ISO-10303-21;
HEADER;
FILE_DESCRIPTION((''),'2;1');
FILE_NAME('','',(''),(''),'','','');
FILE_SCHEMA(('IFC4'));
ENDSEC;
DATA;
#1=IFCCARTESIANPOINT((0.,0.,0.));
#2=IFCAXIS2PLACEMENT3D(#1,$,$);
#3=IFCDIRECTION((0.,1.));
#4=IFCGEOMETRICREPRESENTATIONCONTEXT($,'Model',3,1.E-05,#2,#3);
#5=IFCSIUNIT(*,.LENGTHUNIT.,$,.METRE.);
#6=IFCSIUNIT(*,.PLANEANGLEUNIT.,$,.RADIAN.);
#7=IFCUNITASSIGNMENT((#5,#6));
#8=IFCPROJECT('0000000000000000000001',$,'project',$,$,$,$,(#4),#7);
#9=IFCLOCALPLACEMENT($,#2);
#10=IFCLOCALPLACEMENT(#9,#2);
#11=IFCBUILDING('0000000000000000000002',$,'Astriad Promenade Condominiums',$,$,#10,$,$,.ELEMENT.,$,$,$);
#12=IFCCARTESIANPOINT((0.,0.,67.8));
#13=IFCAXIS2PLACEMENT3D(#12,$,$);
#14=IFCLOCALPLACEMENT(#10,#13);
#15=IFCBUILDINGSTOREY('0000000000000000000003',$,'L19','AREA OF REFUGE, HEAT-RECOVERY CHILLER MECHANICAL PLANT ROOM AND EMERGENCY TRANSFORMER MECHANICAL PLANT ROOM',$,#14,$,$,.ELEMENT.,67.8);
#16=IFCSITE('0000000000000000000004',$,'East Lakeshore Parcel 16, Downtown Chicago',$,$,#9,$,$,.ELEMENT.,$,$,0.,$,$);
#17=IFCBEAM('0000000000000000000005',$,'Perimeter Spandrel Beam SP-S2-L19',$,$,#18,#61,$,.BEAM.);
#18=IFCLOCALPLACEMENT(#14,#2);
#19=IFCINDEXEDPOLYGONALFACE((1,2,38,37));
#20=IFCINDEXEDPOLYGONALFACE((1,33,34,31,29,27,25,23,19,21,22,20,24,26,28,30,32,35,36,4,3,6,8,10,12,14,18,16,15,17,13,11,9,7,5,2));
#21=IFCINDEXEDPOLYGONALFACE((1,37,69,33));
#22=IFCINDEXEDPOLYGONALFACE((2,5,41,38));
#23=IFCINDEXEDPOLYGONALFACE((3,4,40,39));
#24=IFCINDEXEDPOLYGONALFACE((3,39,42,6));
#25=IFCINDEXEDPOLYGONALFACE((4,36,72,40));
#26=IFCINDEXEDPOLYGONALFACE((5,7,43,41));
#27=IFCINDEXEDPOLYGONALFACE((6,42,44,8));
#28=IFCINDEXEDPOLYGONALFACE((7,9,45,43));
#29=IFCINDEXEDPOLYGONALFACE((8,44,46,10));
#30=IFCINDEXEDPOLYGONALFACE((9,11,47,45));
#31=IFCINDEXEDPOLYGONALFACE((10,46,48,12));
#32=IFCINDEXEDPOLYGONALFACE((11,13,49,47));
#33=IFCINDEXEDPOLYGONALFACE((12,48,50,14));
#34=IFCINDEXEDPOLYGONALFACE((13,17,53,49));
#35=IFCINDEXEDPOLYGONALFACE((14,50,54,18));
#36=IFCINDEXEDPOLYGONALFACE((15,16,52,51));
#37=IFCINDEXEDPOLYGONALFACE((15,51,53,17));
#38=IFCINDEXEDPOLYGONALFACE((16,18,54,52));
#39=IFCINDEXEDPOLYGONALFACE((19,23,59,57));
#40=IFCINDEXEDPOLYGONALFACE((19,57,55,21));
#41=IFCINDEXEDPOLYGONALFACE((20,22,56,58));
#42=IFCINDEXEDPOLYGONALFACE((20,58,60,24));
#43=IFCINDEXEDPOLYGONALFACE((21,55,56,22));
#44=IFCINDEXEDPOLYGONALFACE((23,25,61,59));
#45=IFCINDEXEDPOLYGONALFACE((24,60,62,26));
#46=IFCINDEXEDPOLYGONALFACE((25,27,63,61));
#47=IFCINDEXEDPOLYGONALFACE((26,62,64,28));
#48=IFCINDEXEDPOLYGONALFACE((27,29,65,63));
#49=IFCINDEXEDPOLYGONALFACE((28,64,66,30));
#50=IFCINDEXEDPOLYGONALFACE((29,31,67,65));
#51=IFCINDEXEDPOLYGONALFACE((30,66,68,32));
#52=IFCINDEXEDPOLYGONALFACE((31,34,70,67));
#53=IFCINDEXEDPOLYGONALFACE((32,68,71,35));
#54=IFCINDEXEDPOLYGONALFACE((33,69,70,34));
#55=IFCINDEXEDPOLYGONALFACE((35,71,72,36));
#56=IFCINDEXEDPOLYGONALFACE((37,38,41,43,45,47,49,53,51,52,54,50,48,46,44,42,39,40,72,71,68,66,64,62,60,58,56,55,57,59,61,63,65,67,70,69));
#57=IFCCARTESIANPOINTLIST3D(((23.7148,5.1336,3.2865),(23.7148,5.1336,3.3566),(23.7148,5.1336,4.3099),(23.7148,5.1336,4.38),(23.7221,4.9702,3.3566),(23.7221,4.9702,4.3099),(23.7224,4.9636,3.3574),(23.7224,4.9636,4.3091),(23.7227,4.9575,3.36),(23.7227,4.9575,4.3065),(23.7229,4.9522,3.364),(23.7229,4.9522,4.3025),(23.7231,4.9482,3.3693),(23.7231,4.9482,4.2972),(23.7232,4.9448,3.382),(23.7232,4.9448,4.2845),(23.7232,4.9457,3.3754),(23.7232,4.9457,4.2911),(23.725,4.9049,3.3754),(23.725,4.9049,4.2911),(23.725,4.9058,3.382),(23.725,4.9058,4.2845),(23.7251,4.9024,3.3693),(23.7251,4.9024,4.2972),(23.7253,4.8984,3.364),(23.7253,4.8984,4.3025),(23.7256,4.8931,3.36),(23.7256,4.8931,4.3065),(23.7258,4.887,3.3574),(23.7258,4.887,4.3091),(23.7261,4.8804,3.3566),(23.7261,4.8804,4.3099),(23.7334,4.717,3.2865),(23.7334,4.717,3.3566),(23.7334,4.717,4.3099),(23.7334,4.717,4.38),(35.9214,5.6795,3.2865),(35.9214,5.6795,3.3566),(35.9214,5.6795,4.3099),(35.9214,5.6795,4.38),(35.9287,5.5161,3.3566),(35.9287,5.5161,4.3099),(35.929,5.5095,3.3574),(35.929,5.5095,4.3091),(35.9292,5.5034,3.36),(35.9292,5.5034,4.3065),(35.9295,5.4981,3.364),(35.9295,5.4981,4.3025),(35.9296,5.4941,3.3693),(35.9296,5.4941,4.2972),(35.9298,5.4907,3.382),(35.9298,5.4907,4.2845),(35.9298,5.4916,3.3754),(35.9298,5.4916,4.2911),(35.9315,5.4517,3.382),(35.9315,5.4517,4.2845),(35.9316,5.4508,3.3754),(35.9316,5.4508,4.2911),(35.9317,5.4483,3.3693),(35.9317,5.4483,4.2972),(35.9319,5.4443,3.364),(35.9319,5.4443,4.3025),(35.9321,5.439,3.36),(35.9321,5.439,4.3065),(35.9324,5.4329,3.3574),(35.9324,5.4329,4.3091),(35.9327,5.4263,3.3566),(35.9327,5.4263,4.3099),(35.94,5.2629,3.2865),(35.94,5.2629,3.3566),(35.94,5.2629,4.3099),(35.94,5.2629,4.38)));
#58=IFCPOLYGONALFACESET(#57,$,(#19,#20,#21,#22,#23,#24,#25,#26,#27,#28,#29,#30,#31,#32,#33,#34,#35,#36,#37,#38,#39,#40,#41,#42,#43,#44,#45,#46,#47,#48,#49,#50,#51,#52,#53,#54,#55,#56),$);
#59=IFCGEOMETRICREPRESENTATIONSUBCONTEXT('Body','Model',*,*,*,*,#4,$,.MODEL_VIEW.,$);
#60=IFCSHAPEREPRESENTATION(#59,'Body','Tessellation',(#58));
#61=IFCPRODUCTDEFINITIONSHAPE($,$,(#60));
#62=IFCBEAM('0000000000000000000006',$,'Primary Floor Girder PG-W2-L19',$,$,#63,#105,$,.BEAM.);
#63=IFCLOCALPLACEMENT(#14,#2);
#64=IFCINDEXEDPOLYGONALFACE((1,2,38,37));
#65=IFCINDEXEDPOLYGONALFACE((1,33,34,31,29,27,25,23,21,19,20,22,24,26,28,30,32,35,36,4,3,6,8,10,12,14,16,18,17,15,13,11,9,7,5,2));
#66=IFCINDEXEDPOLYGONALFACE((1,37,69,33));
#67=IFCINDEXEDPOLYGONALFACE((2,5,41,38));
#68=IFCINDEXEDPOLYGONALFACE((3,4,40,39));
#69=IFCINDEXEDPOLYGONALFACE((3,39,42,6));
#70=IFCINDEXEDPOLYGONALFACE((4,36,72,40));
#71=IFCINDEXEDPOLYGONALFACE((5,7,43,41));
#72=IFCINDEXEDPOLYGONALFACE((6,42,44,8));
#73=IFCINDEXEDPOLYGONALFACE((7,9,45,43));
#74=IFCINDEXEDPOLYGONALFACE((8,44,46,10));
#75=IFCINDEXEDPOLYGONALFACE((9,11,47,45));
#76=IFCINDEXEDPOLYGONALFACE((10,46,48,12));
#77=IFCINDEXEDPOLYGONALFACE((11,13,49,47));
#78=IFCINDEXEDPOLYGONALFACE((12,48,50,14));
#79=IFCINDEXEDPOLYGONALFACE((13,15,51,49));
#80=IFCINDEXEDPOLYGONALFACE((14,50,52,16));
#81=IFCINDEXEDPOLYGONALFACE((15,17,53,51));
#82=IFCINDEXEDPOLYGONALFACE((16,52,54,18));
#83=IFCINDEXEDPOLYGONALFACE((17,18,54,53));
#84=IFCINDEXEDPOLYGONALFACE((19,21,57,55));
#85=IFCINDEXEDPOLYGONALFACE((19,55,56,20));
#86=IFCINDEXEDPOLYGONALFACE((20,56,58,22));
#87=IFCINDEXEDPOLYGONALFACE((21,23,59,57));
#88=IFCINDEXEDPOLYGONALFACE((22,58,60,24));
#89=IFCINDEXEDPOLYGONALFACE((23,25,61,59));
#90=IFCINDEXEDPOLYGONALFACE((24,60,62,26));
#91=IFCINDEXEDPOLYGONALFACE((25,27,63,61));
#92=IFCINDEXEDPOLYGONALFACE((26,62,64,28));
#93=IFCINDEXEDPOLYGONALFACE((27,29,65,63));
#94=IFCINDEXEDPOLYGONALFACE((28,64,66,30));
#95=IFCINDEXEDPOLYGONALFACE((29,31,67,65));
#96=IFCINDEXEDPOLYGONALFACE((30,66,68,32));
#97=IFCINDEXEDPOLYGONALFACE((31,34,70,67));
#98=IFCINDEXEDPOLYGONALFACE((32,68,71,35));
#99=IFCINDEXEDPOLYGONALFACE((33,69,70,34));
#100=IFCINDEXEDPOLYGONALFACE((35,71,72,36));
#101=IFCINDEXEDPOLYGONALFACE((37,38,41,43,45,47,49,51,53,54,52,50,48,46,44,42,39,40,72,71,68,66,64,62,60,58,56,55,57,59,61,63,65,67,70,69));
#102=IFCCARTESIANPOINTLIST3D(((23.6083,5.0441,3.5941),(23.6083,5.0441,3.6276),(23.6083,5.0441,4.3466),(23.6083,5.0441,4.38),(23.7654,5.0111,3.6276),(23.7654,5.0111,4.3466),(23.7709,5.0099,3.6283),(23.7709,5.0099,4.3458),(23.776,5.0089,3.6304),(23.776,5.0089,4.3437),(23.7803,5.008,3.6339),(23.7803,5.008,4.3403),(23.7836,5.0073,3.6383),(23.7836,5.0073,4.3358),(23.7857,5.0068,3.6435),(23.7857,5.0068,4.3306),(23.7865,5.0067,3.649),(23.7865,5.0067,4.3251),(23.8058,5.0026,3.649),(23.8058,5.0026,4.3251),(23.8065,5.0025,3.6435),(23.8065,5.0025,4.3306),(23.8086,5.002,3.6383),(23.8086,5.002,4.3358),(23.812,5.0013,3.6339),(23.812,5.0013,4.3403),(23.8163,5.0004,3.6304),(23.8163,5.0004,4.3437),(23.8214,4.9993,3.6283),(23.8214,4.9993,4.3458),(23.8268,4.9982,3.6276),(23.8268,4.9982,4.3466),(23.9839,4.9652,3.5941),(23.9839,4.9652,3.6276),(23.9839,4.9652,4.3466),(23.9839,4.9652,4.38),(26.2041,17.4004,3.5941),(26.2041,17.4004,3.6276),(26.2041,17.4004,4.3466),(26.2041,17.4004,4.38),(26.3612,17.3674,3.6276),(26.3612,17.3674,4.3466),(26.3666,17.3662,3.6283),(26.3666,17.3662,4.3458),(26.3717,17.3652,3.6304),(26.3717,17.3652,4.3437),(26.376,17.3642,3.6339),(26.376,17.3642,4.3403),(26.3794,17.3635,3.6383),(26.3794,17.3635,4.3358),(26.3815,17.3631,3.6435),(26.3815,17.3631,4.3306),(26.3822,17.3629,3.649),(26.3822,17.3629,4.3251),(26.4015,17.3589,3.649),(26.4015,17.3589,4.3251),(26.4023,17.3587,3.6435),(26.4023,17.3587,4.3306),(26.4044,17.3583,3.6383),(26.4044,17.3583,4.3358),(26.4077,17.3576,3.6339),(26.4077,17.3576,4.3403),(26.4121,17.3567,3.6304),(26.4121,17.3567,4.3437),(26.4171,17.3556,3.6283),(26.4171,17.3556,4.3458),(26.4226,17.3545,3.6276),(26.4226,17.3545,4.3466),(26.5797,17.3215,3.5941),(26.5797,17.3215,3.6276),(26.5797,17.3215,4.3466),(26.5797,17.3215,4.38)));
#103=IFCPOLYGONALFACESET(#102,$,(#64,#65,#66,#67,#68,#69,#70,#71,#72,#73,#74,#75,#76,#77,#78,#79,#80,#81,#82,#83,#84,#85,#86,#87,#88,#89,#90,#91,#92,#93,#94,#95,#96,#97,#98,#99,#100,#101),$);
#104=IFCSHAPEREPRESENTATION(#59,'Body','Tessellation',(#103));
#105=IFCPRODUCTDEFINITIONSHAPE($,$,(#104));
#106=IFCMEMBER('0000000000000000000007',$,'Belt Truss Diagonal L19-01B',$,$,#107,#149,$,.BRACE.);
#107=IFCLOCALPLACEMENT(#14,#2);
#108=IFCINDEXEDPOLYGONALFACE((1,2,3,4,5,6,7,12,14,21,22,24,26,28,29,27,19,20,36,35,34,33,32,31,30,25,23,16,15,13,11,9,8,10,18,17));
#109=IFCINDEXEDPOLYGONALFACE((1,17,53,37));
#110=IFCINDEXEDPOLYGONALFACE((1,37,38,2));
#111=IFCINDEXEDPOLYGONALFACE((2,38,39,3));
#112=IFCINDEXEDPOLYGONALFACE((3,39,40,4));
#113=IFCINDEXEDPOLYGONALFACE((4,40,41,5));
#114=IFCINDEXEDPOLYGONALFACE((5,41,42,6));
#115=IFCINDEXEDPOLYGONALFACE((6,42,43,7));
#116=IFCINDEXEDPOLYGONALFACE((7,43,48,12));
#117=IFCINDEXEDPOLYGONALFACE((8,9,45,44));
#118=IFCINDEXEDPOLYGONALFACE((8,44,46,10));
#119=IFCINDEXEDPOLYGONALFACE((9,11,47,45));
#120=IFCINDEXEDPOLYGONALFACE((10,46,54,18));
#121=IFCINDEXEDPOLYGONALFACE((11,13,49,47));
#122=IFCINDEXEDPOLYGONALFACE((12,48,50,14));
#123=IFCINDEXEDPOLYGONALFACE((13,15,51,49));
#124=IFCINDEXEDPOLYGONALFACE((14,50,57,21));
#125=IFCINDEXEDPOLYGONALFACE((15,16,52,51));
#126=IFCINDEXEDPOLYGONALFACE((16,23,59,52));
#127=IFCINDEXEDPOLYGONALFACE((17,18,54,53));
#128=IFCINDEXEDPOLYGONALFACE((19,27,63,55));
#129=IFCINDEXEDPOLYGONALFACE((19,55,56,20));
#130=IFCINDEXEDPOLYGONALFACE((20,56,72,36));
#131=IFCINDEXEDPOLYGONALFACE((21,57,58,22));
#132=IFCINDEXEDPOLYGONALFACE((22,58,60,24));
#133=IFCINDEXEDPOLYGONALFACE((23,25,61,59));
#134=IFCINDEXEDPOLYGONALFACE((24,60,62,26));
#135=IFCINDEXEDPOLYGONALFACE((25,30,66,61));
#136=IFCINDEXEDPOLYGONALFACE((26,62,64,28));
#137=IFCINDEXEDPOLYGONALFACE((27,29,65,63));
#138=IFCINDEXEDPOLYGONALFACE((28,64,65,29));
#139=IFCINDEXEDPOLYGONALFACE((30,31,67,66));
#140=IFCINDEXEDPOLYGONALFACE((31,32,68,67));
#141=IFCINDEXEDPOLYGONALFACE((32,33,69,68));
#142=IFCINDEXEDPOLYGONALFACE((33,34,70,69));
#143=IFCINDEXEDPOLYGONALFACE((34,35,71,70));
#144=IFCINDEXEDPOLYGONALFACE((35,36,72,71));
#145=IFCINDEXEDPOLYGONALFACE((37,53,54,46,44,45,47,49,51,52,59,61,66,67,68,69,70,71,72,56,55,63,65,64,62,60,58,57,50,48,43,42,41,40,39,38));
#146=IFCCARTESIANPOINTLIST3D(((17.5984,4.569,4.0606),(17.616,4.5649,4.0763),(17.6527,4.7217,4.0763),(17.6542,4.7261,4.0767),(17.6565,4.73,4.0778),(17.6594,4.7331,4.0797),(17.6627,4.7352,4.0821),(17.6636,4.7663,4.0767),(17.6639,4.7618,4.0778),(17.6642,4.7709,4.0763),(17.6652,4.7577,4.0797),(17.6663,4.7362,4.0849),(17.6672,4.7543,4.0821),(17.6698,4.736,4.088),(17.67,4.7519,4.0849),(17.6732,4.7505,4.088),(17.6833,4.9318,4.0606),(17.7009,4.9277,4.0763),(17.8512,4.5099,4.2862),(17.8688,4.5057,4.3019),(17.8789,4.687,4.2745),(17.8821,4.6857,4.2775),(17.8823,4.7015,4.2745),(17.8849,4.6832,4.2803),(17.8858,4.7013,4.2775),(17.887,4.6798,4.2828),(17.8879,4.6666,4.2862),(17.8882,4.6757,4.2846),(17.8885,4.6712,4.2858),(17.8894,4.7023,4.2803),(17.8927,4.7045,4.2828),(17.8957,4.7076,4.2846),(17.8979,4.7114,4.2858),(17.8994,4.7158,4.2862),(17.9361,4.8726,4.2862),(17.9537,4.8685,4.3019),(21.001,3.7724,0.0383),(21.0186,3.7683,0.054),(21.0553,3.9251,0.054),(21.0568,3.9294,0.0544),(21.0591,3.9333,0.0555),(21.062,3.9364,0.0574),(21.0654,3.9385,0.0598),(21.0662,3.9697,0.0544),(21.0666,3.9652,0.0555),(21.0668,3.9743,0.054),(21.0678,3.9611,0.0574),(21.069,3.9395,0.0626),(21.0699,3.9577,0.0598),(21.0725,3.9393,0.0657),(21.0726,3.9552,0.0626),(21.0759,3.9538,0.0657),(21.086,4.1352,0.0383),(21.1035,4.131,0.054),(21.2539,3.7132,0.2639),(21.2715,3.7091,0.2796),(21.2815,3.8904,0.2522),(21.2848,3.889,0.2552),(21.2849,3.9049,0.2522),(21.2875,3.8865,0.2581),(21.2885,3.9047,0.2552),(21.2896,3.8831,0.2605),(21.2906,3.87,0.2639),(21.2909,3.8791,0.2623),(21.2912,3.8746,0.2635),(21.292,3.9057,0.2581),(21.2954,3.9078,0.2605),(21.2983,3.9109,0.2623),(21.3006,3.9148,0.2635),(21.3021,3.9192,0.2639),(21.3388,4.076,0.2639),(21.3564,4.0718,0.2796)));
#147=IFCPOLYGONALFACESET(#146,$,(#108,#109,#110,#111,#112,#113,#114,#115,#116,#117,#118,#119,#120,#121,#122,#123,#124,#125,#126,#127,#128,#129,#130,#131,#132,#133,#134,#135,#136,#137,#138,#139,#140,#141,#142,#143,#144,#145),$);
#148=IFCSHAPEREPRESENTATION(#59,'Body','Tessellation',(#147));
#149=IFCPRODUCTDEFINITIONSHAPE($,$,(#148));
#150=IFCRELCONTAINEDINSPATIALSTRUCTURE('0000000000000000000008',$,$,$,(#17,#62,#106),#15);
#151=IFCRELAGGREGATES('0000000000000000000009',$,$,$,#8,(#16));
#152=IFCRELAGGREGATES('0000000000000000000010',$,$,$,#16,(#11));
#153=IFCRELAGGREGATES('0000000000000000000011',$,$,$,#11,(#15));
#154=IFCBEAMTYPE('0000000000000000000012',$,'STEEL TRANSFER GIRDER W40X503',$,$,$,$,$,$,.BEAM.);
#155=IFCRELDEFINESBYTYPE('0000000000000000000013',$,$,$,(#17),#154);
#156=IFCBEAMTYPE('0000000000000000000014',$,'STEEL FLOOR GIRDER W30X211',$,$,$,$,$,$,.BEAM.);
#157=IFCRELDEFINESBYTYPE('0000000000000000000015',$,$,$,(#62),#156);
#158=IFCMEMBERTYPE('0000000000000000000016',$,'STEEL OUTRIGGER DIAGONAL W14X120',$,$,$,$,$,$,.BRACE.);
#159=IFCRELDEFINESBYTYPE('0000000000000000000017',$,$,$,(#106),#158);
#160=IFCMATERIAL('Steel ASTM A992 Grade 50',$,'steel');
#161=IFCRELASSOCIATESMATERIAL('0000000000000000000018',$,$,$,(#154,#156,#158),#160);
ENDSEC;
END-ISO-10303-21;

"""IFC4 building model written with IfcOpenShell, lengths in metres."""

from ifc_helpers import new_model, si_unit, direction, frame, origin, origin_2d, place, context, subcontext, project, spatial, i_section, extrude, source, transform, mapped, material, material_profile, profile_set, type_object, type_shapes, element, save


model = new_model("IFC4")

# Units and contexts
model_context = context("Model", 3, precision=1e-05, world=origin(), true_north=direction((0.0, 1.0)))
body_context = subcontext(model_context, "Body", "Model", "MODEL_VIEW")
ifc_project = project(units=[si_unit("LENGTHUNIT", "METRE"), si_unit("PLANEANGLEUNIT", "RADIAN")], contexts=[model_context])

# Site, building, storey
site_placement = place(None, origin())
site = spatial("IfcSite", under=ifc_project, at=site_placement, Name="East Lakeshore Parcel 16, Downtown Chicago", CompositionType="ELEMENT", RefElevation=0.0)
building_placement = place(site_placement, origin())
building = spatial("IfcBuilding", under=site, at=building_placement, Name="Astriad Promenade Condominiums", CompositionType="ELEMENT")
storey_placement = place(building_placement, frame((0.0, 0.0, 67.8)))
storey = spatial("IfcBuildingStorey", under=building, at=storey_placement, Name="L19", Description="AREA OF REFUGE, HEAT-RECOVERY CHILLER MECHANICAL PLANT ROOM AND EMERGENCY TRANSFORMER MECHANICAL PLANT ROOM", CompositionType="ELEMENT", Elevation=67.8)

# Shared definitions
ifc_material_1 = material(Name="Steel ASTM A992 Grade 50", Category="steel")

# Beams
ifc_material_profile_1 = material_profile(ifc_material_1, i_section(OverallWidth=0.417, OverallDepth=1.0935, WebThickness=0.0391, FlangeThickness=0.0701, FilletRadius=0.0254, at=origin_2d()), Name="W40X503")
ifc_profile_set_1 = profile_set([ifc_material_profile_1], Name="Steel ASTM A992 Grade 50")
beam_type_1 = type_object("IfcBeamType", Name="STEEL TRANSFER GIRDER W40X503", PredefinedType="BEAM", material=ifc_profile_set_1)
shared_shape_1 = source(origin(), body_context, "Body", "SweptSolid", [
    extrude(i_section(OverallWidth=0.417, OverallDepth=1.0935, WebThickness=0.0391, FlangeThickness=0.0701, FilletRadius=0.0254, at=origin_2d()), origin(), (0.0, 0.0, 1.0), 12.2188),
])
type_shapes(beam_type_1, [shared_shape_1])
beam_1_placement = place(storey_placement, frame((23.7241, 4.9253, 3.8333), z_axis=(0.999001, 0.044677, 0.0), x_axis=(-0.044677, 0.999001, 0.0)))
element("IfcBeam", 1, at=beam_1_placement, inside=storey, type_object=beam_type_1, Name="Perimeter Spandrel Beam SP-S2-L19", PredefinedType="BEAM", context=body_context, shape_type="MappedRepresentation", body=[
    mapped(shared_shape_1, transform((0.0, 0.0, 0.0), scale=1.0)),
])
ifc_material_profile_2 = material_profile(ifc_material_1, i_section(OverallWidth=0.3838, OverallDepth=0.7859, WebThickness=0.0198, FlangeThickness=0.0334, FilletRadius=0.0215, at=origin_2d()), Name="W30X211")
ifc_profile_set_2 = profile_set([ifc_material_profile_2], Name="Steel ASTM A992 Grade 50")
beam_type_2 = type_object("IfcBeamType", Name="STEEL FLOOR GIRDER W30X211", PredefinedType="BEAM", material=ifc_profile_set_2)
shared_shape_2 = source(origin(), body_context, "Body", "SweptSolid", [
    extrude(i_section(OverallWidth=0.3838, OverallDepth=0.7859, WebThickness=0.0198, FlangeThickness=0.0334, FilletRadius=0.0215, at=origin_2d()), origin(), (0.0, 0.0, 1.0), 12.626),
])
type_shapes(beam_type_2, [shared_shape_2])
beam_2_placement = place(storey_placement, frame((23.7961, 5.0046, 3.9871), z_axis=(0.205586, 0.978639, 0.0), x_axis=(-0.978639, 0.205586, 0.0)))
element("IfcBeam", 2, at=beam_2_placement, inside=storey, type_object=beam_type_2, Name="Primary Floor Girder PG-W2-L19", PredefinedType="BEAM", context=body_context, shape_type="MappedRepresentation", body=[
    mapped(shared_shape_2, transform((0.0, 0.0, 0.0), scale=1.0)),
])

# Member
ifc_material_profile_3 = material_profile(ifc_material_1, i_section(OverallWidth=0.3726, OverallDepth=0.3679, WebThickness=0.0149, FlangeThickness=0.0239, FilletRadius=0.0178, at=origin_2d()), Name="W14X120")
ifc_profile_set_3 = profile_set([ifc_material_profile_3], Name="Steel ASTM A992 Grade 50")
member_type_1 = type_object("IfcMemberType", Name="STEEL OUTRIGGER DIAGONAL W14X120", PredefinedType="BRACE", material=ifc_profile_set_3)
shared_shape_3 = source(origin(), body_context, "Body", "SweptSolid", [
    extrude(i_section(OverallWidth=0.3726, OverallDepth=0.3679, WebThickness=0.0149, FlangeThickness=0.0239, FilletRadius=0.0178, at=origin_2d()), origin(), (0.0, 0.0, 1.0), 5.3284),
])
member_1_placement = place(storey_placement, frame((21.1787, 3.9221, 0.1589), z_axis=(-0.638592, 0.14951, 0.754882), x_axis=(-0.227961, -0.97367, 0.0)))
element("IfcMember", 3, at=member_1_placement, inside=storey, type_object=member_type_1, Name="Belt Truss Diagonal L19-01B", PredefinedType="BRACE", context=body_context, shape_type="MappedRepresentation", body=[
    mapped(shared_shape_3, transform((0.0, 0.0, 0.0), scale=1.0)),
])

save(model, "model.ifc")
